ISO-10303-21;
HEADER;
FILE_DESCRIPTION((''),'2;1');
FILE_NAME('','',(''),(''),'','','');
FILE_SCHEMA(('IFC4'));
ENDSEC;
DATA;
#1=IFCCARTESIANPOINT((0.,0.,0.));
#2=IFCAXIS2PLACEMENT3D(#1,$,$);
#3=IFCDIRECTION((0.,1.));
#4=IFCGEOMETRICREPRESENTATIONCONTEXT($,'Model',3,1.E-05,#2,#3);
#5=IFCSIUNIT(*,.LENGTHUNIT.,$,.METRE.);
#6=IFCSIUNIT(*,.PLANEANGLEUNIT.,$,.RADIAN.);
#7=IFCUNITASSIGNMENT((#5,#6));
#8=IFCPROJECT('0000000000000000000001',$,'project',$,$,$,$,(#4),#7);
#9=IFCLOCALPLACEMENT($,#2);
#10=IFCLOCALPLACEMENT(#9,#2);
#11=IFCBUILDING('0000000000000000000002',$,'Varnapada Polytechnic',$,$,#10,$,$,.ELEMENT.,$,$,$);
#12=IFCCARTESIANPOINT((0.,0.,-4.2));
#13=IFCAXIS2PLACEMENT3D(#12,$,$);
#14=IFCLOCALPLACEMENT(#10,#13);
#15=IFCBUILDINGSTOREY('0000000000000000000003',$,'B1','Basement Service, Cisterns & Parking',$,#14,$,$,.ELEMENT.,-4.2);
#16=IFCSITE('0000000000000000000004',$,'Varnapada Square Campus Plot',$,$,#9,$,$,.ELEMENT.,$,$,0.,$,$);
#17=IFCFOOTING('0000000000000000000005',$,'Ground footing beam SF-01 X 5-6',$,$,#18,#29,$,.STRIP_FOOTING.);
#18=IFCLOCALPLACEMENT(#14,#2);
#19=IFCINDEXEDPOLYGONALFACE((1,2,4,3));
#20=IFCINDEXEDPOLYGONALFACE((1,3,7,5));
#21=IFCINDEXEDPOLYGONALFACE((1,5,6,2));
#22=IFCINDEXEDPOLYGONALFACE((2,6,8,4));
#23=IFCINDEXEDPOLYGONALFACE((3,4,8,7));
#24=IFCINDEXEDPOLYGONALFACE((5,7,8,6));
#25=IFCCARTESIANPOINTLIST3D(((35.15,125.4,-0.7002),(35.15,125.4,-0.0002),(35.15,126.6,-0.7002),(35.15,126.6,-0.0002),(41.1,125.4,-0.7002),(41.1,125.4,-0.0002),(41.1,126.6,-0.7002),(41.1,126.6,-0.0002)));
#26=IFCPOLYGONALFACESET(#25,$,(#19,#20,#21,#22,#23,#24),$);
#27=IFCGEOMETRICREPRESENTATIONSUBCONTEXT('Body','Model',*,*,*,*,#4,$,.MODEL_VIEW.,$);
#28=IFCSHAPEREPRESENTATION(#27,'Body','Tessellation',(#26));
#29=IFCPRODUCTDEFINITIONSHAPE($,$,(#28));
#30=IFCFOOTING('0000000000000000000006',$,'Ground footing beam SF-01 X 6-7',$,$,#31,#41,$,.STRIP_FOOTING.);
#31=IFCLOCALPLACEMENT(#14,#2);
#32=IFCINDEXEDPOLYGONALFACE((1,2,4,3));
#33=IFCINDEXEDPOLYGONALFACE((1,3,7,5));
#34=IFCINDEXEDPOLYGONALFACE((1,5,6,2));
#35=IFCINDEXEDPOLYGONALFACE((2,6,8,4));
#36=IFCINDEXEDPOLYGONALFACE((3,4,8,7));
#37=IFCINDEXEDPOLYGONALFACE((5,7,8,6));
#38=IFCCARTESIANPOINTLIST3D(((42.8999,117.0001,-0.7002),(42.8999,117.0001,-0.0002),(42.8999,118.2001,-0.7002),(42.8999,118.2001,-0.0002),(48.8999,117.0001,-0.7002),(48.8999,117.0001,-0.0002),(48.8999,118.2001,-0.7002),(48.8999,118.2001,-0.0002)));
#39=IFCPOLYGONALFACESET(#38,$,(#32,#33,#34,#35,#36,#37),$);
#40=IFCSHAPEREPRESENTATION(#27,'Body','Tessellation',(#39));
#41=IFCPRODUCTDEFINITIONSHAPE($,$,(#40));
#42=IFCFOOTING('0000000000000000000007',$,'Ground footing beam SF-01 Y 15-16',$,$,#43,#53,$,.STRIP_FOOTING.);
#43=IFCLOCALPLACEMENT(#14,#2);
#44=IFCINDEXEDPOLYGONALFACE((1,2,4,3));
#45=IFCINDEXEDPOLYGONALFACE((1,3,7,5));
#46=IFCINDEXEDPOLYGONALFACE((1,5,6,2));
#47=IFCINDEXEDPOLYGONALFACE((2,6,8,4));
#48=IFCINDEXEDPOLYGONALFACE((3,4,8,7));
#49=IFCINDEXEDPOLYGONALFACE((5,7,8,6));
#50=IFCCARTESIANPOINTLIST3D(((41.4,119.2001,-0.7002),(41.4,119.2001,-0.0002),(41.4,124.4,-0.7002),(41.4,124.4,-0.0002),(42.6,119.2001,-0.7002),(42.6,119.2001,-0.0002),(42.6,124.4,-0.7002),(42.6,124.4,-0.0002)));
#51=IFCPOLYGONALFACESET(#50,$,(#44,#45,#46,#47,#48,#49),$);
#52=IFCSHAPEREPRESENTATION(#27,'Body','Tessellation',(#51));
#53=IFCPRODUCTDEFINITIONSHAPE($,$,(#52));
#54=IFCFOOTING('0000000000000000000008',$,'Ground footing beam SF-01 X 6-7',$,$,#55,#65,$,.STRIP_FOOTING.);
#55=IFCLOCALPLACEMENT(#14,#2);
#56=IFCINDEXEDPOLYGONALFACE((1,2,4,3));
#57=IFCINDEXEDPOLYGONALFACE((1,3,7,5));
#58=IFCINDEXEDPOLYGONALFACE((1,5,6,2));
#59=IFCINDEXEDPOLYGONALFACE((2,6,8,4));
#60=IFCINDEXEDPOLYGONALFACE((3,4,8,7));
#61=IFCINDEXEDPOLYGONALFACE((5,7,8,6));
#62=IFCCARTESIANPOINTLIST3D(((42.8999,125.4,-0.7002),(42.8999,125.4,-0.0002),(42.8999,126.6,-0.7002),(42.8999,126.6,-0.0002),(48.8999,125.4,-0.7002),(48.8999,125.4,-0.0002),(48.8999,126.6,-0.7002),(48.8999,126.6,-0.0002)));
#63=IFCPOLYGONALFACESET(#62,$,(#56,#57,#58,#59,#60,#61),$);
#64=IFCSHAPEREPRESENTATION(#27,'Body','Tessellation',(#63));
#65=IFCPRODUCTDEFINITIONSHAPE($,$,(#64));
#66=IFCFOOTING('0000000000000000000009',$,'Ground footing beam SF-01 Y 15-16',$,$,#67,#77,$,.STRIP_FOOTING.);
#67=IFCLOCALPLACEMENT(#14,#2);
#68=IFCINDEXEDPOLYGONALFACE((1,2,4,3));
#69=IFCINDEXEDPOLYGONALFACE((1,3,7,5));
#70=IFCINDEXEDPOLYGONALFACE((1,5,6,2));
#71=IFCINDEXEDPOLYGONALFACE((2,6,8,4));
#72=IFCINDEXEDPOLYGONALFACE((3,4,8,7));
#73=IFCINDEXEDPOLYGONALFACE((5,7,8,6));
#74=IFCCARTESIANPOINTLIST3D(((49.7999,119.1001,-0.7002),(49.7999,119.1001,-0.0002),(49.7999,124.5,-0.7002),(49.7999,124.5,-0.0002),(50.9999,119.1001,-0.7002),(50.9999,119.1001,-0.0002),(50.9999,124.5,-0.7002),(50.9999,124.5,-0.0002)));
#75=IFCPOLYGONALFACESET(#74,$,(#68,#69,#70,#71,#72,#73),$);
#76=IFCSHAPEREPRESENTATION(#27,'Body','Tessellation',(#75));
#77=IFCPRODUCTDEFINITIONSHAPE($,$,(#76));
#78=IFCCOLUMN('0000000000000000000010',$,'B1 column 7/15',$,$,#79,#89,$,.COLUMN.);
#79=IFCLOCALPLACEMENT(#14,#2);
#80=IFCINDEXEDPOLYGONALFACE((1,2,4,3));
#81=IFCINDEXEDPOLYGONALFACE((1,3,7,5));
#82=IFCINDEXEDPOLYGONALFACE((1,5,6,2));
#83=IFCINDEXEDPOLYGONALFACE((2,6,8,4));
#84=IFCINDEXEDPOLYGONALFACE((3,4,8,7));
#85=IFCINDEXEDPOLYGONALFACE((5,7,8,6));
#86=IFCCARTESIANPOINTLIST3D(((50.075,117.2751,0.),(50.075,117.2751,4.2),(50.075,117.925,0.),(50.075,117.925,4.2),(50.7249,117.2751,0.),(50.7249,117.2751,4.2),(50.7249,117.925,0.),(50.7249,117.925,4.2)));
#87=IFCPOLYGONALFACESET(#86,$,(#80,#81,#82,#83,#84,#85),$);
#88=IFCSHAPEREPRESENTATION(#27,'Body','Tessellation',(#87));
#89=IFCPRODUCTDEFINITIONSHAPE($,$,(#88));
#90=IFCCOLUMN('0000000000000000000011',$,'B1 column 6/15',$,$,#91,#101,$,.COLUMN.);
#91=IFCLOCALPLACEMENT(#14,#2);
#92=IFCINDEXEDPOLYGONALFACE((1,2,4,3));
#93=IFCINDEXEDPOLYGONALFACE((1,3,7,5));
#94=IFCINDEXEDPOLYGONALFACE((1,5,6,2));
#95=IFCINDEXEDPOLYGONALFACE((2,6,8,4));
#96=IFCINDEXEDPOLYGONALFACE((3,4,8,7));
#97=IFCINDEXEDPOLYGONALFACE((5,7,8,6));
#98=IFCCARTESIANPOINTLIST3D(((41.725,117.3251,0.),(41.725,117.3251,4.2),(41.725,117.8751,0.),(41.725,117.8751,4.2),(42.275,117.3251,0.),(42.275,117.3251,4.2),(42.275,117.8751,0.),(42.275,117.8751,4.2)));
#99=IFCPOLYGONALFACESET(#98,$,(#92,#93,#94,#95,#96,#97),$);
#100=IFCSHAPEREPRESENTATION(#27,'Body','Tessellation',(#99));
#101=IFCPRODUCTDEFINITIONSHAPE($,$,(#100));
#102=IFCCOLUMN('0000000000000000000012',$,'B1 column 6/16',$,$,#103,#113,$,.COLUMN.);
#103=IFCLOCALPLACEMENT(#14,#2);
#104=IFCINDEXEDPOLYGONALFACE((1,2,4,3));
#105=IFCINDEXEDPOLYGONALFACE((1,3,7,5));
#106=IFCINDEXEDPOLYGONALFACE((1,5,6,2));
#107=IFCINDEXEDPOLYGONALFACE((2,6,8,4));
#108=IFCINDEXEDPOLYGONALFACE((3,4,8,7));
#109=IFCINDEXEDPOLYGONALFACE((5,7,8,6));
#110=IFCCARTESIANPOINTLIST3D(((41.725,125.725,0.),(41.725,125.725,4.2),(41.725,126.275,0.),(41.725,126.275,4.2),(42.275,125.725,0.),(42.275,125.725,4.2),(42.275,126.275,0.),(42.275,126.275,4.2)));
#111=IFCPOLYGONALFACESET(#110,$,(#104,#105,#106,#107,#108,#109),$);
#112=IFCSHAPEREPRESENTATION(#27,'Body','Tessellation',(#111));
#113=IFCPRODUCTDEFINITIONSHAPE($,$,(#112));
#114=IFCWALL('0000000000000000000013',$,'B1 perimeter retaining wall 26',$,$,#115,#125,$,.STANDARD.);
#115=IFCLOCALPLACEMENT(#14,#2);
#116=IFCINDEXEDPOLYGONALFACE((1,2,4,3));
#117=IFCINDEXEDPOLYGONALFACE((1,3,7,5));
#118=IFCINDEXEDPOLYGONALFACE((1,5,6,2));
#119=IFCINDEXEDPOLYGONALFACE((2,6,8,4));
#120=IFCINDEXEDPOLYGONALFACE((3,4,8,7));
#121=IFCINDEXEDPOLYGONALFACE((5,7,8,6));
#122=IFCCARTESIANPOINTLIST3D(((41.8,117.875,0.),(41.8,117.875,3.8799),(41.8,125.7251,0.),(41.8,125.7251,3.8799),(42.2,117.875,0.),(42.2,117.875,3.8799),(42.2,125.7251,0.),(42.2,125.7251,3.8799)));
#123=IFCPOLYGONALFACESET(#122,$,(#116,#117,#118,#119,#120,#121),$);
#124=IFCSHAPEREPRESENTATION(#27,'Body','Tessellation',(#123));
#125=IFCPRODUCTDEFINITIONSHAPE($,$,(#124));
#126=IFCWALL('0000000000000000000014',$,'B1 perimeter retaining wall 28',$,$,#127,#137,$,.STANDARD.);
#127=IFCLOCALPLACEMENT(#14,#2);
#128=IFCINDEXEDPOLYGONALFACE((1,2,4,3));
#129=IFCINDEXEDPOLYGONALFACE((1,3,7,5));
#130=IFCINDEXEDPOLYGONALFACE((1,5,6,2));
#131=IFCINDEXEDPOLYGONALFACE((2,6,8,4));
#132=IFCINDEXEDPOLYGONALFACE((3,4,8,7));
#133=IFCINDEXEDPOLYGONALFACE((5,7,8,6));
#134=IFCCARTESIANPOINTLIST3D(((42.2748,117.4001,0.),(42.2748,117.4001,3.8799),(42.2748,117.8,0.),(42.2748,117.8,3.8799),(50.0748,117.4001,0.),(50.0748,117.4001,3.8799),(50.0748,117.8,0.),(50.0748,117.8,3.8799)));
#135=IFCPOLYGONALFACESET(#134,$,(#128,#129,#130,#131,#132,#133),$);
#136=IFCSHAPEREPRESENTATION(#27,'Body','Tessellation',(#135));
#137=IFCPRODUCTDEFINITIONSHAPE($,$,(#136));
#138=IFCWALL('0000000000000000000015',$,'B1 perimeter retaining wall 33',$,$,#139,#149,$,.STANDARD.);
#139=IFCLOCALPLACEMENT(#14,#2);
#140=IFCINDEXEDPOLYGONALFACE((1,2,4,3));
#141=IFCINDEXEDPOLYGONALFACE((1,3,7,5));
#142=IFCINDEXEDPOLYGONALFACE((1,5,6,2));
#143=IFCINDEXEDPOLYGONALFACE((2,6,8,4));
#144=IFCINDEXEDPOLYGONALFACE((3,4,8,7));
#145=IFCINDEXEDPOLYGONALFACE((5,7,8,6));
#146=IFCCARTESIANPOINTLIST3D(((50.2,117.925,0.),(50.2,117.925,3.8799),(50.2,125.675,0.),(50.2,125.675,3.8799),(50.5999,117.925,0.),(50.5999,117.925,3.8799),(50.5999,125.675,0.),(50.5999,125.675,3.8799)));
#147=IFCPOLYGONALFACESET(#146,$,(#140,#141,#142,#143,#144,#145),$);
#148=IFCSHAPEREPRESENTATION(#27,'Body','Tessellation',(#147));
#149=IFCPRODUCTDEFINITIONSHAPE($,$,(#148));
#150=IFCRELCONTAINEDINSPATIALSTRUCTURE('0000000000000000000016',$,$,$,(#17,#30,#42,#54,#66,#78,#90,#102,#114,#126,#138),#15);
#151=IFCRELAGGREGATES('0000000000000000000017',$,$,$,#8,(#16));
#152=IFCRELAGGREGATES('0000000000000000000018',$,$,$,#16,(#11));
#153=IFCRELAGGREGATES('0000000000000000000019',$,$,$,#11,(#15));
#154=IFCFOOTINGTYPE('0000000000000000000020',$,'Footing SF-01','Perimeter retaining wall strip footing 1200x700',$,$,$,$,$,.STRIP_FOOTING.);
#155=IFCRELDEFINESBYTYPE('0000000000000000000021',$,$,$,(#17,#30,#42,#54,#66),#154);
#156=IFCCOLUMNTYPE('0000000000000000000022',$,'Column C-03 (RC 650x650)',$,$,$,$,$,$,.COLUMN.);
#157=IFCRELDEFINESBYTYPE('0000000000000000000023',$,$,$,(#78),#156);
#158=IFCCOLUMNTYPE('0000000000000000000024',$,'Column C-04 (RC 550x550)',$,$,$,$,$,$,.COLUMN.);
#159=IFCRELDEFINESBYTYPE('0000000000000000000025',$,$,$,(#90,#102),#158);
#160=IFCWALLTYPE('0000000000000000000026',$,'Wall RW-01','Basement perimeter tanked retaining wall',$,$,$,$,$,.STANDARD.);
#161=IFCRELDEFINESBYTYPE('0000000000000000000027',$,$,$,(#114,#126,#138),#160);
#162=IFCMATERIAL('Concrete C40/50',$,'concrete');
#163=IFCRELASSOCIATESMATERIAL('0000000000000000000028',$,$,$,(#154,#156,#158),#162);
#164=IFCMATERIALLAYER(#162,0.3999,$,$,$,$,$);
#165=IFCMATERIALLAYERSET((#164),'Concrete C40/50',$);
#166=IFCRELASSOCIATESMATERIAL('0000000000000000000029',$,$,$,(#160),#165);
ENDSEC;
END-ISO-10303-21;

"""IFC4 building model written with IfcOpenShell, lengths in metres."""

from ifc_helpers import new_model, si_unit, direction, frame, frame_2d, origin, origin_2d, place, context, subcontext, project, spatial, rectangle, extrude, material, layer, layer_set, material_profile, profile_set, type_object, element, save


model = new_model("IFC4")

# Units and contexts
model_context = context("Model", 3, precision=1e-05, world=origin(), true_north=direction((0.0, 1.0)))
body_context = subcontext(model_context, "Body", "Model", "MODEL_VIEW")
ifc_project = project(units=[si_unit("LENGTHUNIT", "METRE"), si_unit("PLANEANGLEUNIT", "RADIAN")], contexts=[model_context])

# Site, building, storey
site_placement = place(None, origin())
site = spatial("IfcSite", under=ifc_project, at=site_placement, Name="Varnapada Square Campus Plot", CompositionType="ELEMENT", RefElevation=0.0)
building_placement = place(site_placement, origin())
building = spatial("IfcBuilding", under=site, at=building_placement, Name="Varnapada Polytechnic", CompositionType="ELEMENT")
storey_placement = place(building_placement, frame((0.0, 0.0, -4.2)))
storey = spatial("IfcBuildingStorey", under=building, at=storey_placement, Name="B1", Description="Basement Service, Cisterns & Parking", CompositionType="ELEMENT", Elevation=-4.2)

# Shared definitions
ifc_material = material(Name="Concrete C40/50", Category="concrete")

# Footings
footing_type_1 = type_object("IfcFootingType", Name="Footing SF-01", Description="Perimeter retaining wall strip footing 1200x700", PredefinedType="STRIP_FOOTING", material=ifc_material)
footing_1_placement = place(storey_placement, frame((38.125, 126.0, -0.7002), z_axis=(0.0, 0.0, 1.0), x_axis=(1.0, 0.0, 0.0)))
element("IfcFooting", 1, at=footing_1_placement, inside=storey, type_object=footing_type_1, Name="Ground footing beam SF-01 X 5-6", PredefinedType="STRIP_FOOTING", context=body_context, shape_type="SweptSolid", body=[
    extrude(rectangle(XDim=5.95, YDim=1.2, at=origin_2d()), origin(), (0.0, 0.0, 1.0), 0.7),
])
footing_2_placement = place(storey_placement, frame((45.8999, 117.6001, -0.7002), z_axis=(0.0, 0.0, 1.0), x_axis=(1.0, 0.0, 0.0)))
element("IfcFooting", 2, at=footing_2_placement, inside=storey, type_object=footing_type_1, Name="Ground footing beam SF-01 X 6-7", PredefinedType="STRIP_FOOTING", context=body_context, shape_type="SweptSolid", body=[
    extrude(rectangle(XDim=6.0, YDim=1.2, at=origin_2d()), origin(), (0.0, 0.0, 1.0), 0.7),
])
footing_3_placement = place(storey_placement, frame((42.0, 121.8, -0.7002), z_axis=(0.0, 0.0, 1.0), x_axis=(0.0, 1.0, 0.0)))
element("IfcFooting", 3, at=footing_3_placement, inside=storey, type_object=footing_type_1, Name="Ground footing beam SF-01 Y 15-16", PredefinedType="STRIP_FOOTING", context=body_context, shape_type="SweptSolid", body=[
    extrude(rectangle(XDim=5.2, YDim=1.2, at=origin_2d()), origin(), (0.0, 0.0, 1.0), 0.7),
])
footing_4_placement = place(storey_placement, frame((45.8999, 126.0, -0.7002), z_axis=(0.0, 0.0, 1.0), x_axis=(1.0, 0.0, 0.0)))
element("IfcFooting", 4, at=footing_4_placement, inside=storey, type_object=footing_type_1, Name="Ground footing beam SF-01 X 6-7", PredefinedType="STRIP_FOOTING", context=body_context, shape_type="SweptSolid", body=[
    extrude(rectangle(XDim=6.0, YDim=1.2, at=origin_2d()), origin(), (0.0, 0.0, 1.0), 0.7),
])
footing_5_placement = place(storey_placement, frame((50.3999, 121.8, -0.7002), z_axis=(0.0, 0.0, 1.0), x_axis=(0.0, 1.0, 0.0)))
element("IfcFooting", 5, at=footing_5_placement, inside=storey, type_object=footing_type_1, Name="Ground footing beam SF-01 Y 15-16", PredefinedType="STRIP_FOOTING", context=body_context, shape_type="SweptSolid", body=[
    extrude(rectangle(XDim=5.3999, YDim=1.2, at=origin_2d()), origin(), (0.0, 0.0, 1.0), 0.7),
])

# Columns
ifc_material_profile_1 = material_profile(ifc_material, rectangle(XDim=0.6499, YDim=0.6499, at=origin_2d()), Name="RC 650x650")
ifc_profile_set_1 = profile_set([ifc_material_profile_1], Name="Concrete C40/50")
column_type_1 = type_object("IfcColumnType", Name="Column C-03 (RC 650x650)", PredefinedType="COLUMN", material=ifc_profile_set_1)
column_placement = place(storey_placement, frame((50.3999, 117.6001, 0.0), z_axis=(0.0, 0.0, 1.0), x_axis=(1.0, 0.0, 0.0)))
element("IfcColumn", 6, at=column_placement, inside=storey, type_object=column_type_1, Name="B1 column 7/15", PredefinedType="COLUMN", context=body_context, shape_type="SweptSolid", body=[
    extrude(rectangle(XDim=0.6499, YDim=0.6499, at=origin_2d()), origin(), (0.0, 0.0, 1.0), 4.2),
])
ifc_material_profile_2 = material_profile(ifc_material, rectangle(XDim=0.55, YDim=0.55, at=origin_2d()), Name="RC 550x550")
ifc_profile_set_2 = profile_set([ifc_material_profile_2], Name="Concrete C40/50")
column_type_2 = type_object("IfcColumnType", Name="Column C-04 (RC 550x550)", PredefinedType="COLUMN", material=ifc_profile_set_2)
for number, where, z_axis, x_axis, name in (
    (7, (42.0, 117.6001, 0.0), (0.0, 0.0, 1.0), (1.0, 0.0, 0.0), "B1 column 6/15"),
    (8, (42.0, 126.0, 0.0), (0.0, 0.0, 1.0), (1.0, 0.0, 0.0), "B1 column 6/16"),
):
    element("IfcColumn", number, at=place(storey_placement, frame(where, z_axis=z_axis, x_axis=x_axis)), inside=storey, type_object=column_type_2, Name=name, PredefinedType="COLUMN", context=body_context, shape_type="SweptSolid", body=[
        extrude(rectangle(XDim=0.55, YDim=0.55, at=origin_2d()), origin(), (0.0, 0.0, 1.0), 4.2),
    ])

# Walls
ifc_layer = layer(ifc_material, 0.3999)
ifc_layer_set = layer_set([ifc_layer], Name="Concrete C40/50")
wall_type = type_object("IfcWallType", Name="Wall RW-01", Description="Basement perimeter tanked retaining wall", PredefinedType="STANDARD", material=ifc_layer_set)
wall_1_placement = place(storey_placement, frame((42.0, 125.7251, 0.0), z_axis=(0.0, 0.0, 1.0), x_axis=(0.0, -1.0, 0.0)))
element("IfcWall", 9, at=wall_1_placement, inside=storey, type_object=wall_type, Name="B1 perimeter retaining wall 26", PredefinedType="STANDARD", context=body_context, shape_type="SweptSolid", body=[
    extrude(rectangle(XDim=7.8501, YDim=0.3999, at=frame_2d((3.925, 0.0))), origin(), (0.0, 0.0, 1.0), 3.8799),
])
wall_2_placement = place(storey_placement, frame((42.2749, 117.6001, 0.0), z_axis=(0.0, 0.0, 1.0), x_axis=(1.0, 0.0, 0.0)))
element("IfcWall", 10, at=wall_2_placement, inside=storey, type_object=wall_type, Name="B1 perimeter retaining wall 28", PredefinedType="STANDARD", context=body_context, shape_type="SweptSolid", body=[
    extrude(rectangle(XDim=7.8, YDim=0.3999, at=frame_2d((3.8999, 0.0))), origin(), (0.0, 0.0, 1.0), 3.8799),
])
wall_3_placement = place(storey_placement, frame((50.3999, 117.925, 0.0), z_axis=(0.0, 0.0, 1.0), x_axis=(0.0, 1.0, 0.0)))
element("IfcWall", 11, at=wall_3_placement, inside=storey, type_object=wall_type, Name="B1 perimeter retaining wall 33", PredefinedType="STANDARD", context=body_context, shape_type="SweptSolid", body=[
    extrude(rectangle(XDim=7.75, YDim=0.3999, at=frame_2d((3.875, 0.0))), origin(), (0.0, 0.0, 1.0), 3.8799),
])

save(model, "model.ifc")
